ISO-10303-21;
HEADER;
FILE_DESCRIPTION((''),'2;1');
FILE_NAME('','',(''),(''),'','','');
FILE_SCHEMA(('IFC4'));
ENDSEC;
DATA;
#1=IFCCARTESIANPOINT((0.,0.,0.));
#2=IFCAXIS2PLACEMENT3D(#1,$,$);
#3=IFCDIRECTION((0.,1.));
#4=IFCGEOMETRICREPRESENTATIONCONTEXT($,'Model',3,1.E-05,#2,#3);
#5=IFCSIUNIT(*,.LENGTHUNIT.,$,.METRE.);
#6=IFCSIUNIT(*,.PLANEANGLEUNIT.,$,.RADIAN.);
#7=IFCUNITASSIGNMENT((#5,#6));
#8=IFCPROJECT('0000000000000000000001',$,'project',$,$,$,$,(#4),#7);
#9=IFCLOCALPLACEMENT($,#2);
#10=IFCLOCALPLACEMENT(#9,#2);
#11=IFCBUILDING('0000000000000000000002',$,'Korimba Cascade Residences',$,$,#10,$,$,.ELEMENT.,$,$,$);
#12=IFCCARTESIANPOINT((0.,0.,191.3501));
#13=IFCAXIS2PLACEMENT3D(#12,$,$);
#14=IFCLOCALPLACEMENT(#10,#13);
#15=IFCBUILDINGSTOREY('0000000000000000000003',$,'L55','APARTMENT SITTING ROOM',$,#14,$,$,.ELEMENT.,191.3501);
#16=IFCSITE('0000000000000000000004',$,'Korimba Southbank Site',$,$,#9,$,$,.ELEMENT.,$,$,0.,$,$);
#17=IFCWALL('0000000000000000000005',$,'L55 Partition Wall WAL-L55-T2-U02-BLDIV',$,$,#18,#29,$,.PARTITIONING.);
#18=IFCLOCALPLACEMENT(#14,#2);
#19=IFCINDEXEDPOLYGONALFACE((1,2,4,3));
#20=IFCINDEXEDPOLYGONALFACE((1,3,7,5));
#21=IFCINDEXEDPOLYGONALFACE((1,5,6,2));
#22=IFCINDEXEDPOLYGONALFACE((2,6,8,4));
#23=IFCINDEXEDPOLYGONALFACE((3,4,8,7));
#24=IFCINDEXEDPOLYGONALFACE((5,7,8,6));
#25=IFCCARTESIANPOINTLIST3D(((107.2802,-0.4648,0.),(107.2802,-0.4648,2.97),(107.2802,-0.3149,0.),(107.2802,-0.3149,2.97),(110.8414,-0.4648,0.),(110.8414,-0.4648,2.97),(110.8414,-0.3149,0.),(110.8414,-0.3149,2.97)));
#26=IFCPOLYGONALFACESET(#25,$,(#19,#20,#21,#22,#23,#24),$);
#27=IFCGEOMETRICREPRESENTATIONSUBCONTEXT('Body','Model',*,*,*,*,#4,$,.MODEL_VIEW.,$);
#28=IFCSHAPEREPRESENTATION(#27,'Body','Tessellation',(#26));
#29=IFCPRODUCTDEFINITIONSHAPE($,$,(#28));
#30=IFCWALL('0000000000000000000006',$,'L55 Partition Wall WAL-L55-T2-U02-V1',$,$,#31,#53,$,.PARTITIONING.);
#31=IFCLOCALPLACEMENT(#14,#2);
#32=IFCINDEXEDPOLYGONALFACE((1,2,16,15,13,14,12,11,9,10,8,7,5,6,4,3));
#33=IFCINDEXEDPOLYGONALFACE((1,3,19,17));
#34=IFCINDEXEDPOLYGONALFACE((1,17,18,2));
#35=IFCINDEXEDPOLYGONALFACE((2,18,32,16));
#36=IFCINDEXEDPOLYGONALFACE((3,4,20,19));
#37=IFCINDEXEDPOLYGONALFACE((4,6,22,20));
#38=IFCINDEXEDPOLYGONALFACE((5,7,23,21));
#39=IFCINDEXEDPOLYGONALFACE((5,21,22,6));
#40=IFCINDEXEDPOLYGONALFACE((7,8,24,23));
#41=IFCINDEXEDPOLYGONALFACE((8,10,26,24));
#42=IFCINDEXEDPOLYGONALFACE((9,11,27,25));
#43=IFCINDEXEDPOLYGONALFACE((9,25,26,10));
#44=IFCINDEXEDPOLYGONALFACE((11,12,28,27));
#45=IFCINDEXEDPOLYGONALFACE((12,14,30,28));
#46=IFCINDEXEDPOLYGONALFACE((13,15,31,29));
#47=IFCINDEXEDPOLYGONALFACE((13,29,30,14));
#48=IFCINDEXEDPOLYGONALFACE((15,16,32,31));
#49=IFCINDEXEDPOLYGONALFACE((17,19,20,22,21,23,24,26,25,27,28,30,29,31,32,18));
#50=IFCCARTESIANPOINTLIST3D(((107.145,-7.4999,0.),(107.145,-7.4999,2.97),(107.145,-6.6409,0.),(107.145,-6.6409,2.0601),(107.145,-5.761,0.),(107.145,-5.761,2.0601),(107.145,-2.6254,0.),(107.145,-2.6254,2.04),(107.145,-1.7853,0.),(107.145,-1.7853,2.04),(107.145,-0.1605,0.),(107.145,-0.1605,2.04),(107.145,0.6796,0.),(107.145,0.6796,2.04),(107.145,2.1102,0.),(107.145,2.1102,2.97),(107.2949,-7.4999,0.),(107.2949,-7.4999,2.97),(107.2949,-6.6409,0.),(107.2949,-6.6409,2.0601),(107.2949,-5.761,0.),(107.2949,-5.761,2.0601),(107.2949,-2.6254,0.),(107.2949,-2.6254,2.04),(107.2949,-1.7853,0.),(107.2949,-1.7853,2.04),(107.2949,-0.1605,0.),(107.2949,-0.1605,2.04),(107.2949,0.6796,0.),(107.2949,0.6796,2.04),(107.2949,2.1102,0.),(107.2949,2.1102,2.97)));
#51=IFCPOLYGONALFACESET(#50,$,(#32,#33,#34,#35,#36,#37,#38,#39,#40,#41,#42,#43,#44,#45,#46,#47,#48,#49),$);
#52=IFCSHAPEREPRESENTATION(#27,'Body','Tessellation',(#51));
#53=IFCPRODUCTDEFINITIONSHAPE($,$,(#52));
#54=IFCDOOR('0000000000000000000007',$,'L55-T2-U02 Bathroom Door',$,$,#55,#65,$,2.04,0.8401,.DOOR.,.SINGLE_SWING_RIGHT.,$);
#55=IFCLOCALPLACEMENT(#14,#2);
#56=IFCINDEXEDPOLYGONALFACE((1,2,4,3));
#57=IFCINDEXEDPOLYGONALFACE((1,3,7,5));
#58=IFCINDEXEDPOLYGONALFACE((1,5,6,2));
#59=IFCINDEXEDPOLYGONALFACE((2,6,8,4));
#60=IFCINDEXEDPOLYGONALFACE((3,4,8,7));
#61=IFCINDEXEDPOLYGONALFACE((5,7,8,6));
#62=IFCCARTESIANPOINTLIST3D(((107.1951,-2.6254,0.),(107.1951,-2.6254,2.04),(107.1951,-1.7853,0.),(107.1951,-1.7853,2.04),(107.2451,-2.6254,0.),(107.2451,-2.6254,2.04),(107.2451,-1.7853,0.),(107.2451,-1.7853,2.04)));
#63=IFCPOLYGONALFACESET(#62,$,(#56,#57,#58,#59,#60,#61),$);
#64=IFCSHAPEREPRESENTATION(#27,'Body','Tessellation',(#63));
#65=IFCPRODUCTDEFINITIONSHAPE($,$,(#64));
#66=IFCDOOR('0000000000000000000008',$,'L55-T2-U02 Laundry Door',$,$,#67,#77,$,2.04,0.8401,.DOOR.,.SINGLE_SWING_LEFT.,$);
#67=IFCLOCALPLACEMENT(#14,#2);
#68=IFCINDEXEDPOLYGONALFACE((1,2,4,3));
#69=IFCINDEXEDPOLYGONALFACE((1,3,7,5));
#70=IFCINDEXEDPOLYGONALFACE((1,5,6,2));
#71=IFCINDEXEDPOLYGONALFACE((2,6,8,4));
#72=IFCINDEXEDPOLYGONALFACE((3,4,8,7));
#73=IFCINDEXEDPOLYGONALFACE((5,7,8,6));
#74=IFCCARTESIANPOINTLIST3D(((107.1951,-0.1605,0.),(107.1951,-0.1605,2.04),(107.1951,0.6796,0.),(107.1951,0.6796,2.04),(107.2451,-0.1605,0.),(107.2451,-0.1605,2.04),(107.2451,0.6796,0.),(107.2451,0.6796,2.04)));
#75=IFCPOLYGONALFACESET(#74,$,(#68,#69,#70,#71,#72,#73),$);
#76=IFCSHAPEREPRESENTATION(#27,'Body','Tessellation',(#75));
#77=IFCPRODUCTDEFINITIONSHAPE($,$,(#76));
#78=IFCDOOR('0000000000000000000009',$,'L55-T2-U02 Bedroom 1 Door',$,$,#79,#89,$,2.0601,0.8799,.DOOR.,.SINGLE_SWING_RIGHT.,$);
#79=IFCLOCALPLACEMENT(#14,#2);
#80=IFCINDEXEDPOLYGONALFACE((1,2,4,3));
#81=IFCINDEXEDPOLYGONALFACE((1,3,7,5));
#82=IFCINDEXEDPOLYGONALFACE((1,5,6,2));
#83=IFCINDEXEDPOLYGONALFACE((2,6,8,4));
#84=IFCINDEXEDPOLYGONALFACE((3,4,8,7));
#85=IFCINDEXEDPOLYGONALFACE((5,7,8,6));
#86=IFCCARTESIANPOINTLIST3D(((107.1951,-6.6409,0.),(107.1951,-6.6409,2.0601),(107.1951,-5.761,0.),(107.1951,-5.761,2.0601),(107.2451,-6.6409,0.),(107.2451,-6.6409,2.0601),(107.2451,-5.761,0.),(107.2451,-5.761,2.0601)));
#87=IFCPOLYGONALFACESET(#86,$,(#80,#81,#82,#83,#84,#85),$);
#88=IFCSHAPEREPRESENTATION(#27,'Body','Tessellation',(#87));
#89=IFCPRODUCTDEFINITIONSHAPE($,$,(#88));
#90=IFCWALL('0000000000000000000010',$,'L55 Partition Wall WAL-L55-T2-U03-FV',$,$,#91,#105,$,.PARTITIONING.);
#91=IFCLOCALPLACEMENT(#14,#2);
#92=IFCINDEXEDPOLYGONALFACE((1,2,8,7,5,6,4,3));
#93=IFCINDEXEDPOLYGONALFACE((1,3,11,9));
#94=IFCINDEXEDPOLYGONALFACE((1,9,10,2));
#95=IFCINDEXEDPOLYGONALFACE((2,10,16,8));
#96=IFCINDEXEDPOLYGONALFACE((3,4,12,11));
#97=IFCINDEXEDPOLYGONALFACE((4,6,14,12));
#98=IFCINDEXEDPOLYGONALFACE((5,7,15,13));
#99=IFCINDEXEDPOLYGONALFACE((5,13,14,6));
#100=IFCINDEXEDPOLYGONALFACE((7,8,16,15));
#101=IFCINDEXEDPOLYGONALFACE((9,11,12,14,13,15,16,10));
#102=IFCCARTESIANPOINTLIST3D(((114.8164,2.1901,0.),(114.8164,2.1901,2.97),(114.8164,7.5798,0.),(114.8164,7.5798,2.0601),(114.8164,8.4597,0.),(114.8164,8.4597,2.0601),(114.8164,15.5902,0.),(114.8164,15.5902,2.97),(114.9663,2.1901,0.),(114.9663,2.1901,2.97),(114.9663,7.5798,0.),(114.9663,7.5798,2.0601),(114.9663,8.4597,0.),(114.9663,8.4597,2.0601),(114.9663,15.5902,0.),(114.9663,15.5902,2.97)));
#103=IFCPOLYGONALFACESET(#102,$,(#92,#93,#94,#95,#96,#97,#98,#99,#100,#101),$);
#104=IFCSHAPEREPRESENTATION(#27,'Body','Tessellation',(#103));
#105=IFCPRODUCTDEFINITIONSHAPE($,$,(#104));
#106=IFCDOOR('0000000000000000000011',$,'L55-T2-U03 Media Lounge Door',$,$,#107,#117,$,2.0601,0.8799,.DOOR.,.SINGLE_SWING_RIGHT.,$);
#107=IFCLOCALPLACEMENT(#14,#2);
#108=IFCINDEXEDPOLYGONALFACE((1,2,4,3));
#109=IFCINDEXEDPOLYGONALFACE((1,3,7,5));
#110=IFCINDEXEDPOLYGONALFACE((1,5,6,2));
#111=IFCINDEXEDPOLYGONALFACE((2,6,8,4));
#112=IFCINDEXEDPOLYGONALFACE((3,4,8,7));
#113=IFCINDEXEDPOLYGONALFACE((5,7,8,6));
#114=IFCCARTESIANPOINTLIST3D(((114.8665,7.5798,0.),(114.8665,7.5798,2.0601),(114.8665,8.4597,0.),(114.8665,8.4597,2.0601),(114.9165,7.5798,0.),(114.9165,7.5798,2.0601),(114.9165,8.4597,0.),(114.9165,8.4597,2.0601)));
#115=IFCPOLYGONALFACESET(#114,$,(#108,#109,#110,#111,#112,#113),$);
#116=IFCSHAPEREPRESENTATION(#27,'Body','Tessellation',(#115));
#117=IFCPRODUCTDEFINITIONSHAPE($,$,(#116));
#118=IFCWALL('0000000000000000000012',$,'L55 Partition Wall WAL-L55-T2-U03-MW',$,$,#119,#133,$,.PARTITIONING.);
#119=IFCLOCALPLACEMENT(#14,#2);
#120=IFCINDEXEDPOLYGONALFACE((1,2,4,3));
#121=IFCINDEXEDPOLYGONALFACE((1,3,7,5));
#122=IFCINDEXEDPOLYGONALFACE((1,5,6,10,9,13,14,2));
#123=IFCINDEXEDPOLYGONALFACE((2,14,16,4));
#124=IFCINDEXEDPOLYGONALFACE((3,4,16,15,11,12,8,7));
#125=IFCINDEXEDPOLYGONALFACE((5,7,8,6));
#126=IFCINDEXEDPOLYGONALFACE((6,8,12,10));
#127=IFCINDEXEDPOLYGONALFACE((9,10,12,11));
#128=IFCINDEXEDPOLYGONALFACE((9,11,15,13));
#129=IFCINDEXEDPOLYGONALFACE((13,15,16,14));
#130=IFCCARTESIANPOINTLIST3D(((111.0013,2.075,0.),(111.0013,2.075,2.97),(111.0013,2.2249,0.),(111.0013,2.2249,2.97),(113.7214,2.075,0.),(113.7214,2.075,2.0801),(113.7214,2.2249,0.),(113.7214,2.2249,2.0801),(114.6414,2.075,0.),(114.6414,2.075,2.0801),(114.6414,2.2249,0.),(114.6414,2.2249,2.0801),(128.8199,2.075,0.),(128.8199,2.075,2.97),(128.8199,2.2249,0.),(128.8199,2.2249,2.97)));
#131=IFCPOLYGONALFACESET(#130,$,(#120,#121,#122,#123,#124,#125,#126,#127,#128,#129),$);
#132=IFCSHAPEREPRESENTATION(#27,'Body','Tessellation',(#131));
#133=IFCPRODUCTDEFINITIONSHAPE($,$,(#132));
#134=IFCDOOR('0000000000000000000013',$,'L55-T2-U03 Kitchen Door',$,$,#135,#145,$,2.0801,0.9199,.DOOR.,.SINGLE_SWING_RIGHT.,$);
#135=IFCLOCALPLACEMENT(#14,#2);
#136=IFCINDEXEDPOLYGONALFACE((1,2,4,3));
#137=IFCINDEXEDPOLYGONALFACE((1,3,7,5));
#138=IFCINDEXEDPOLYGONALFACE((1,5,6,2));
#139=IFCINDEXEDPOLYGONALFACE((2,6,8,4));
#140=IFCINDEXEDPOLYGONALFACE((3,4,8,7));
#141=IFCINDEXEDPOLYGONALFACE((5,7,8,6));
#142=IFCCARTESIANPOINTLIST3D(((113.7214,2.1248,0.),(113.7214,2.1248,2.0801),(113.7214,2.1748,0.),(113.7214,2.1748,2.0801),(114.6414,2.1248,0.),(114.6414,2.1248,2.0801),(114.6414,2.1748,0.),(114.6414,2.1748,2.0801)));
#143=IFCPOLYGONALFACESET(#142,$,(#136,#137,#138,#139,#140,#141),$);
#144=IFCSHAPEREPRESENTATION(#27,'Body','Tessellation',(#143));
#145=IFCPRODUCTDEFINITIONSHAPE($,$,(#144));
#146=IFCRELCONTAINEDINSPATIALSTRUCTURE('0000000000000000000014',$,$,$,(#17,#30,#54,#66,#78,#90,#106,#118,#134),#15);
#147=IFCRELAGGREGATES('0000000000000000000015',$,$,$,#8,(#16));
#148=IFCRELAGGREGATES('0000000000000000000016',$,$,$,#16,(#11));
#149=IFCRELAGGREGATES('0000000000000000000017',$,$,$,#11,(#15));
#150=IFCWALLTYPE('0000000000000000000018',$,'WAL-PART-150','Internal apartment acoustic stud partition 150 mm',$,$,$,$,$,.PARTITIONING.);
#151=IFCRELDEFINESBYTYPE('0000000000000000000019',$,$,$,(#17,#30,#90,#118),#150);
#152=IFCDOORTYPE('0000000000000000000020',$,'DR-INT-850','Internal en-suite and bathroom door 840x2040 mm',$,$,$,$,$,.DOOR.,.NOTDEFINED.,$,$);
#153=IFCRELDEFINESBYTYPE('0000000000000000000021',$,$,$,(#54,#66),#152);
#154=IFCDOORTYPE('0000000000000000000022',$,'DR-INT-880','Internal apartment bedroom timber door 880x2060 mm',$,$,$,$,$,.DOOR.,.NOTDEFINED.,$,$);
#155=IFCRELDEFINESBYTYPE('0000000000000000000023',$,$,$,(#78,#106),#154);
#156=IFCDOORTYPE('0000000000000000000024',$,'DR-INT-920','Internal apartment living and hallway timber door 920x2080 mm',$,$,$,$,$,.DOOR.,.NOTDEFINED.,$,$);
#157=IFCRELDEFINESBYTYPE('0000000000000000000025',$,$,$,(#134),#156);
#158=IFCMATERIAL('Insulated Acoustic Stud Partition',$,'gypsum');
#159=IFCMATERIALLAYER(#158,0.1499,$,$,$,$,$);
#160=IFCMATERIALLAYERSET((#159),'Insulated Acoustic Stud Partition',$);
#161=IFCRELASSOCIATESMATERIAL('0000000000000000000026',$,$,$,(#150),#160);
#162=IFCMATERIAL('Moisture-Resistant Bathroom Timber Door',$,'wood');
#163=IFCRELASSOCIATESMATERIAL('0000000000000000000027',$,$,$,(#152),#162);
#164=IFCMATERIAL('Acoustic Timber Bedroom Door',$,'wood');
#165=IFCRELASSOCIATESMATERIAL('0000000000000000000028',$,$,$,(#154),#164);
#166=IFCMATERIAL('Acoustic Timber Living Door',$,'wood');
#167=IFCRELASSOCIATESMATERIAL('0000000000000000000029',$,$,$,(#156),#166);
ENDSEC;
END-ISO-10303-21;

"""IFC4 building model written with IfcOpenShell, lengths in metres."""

from ifc_helpers import new_model, si_unit, direction, frame, frame_2d, origin, place, context, subcontext, project, spatial, rectangle, extrude, material, layer, layer_set, type_object, element, fill, save


model = new_model("IFC4")

# Units and contexts
model_context = context("Model", 3, precision=1e-05, world=origin(), true_north=direction((0.0, 1.0)))
body_context = subcontext(model_context, "Body", "Model", "MODEL_VIEW")
ifc_project = project(units=[si_unit("LENGTHUNIT", "METRE"), si_unit("PLANEANGLEUNIT", "RADIAN")], contexts=[model_context])

# Site, building, storey
site_placement = place(None, origin())
site = spatial("IfcSite", under=ifc_project, at=site_placement, Name="Korimba Southbank Site", CompositionType="ELEMENT", RefElevation=0.0)
building_placement = place(site_placement, origin())
building = spatial("IfcBuilding", under=site, at=building_placement, Name="Korimba Cascade Residences", CompositionType="ELEMENT")
storey_placement = place(building_placement, frame((0.0, 0.0, 191.3501)))
storey = spatial("IfcBuildingStorey", under=building, at=storey_placement, Name="L55", Description="APARTMENT SITTING ROOM", CompositionType="ELEMENT", Elevation=191.3501)

# Wall
ifc_material_1 = material(Name="Insulated Acoustic Stud Partition", Category="gypsum")
ifc_layer_1 = layer(ifc_material_1, 0.1499)
ifc_layer_set_1 = layer_set([ifc_layer_1], Name="Insulated Acoustic Stud Partition")
wall_type_1 = type_object("IfcWallType", Name="WAL-PART-150", Description="Internal apartment acoustic stud partition 150 mm", PredefinedType="PARTITIONING", material=ifc_layer_set_1)
wall_1_placement = place(storey_placement, frame((107.28, -0.3899, 0.0), z_axis=(0.0, 0.0, 1.0), x_axis=(1.0, 0.0, 0.0)))
element("IfcWall", 1, at=wall_1_placement, inside=storey, type_object=wall_type_1, Name="L55 Partition Wall WAL-L55-T2-U02-BLDIV", PredefinedType="PARTITIONING", context=body_context, shape_type="SweptSolid", body=[
    extrude(rectangle(XDim=3.5613, YDim=0.1499, at=frame_2d((1.7808, 0.0))), origin(), (0.0, 0.0, 1.0), 2.97),
])

# Wall, openings, doors
wall_2_placement = place(storey_placement, frame((107.22, -7.5, 0.0), z_axis=(0.0, 0.0, 1.0), x_axis=(0.0, 1.0, 0.0)))
wall_2 = element("IfcWall", 2, at=wall_2_placement, inside=storey, type_object=wall_type_1, Name="L55 Partition Wall WAL-L55-T2-U02-V1", PredefinedType="PARTITIONING", context=body_context, shape_type="SweptSolid", body=[
    extrude(rectangle(XDim=9.6101, YDim=0.1499, at=frame_2d((4.8052, 0.0))), origin(), (0.0, 0.0, 1.0), 2.97),
])
opening_1_placement = place(wall_2_placement, frame((4.8748, 0.0, 0.0)))
opening_1 = element("IfcOpeningElement", 3, at=opening_1_placement, cuts=wall_2, PredefinedType="OPENING", context=body_context, shape_type="SweptSolid", body=[
    extrude(rectangle(XDim=0.8401, YDim=2.04, at=frame_2d((0.4199, 1.02))), frame((0.0, 0.085, 0.0), z_axis=(0.0, -1.0, 0.0), x_axis=(1.0, 0.0, 0.0)), (0.0, 0.0, 1.0), 0.1699),
])
opening_2_placement = place(wall_2_placement, frame((7.3396, 0.0, 0.0)))
opening_2 = element("IfcOpeningElement", 4, at=opening_2_placement, cuts=wall_2, PredefinedType="OPENING", context=body_context, shape_type="SweptSolid", body=[
    extrude(rectangle(XDim=0.8401, YDim=2.04, at=frame_2d((0.4199, 1.02))), frame((0.0, 0.085, 0.0), z_axis=(0.0, -1.0, 0.0), x_axis=(1.0, 0.0, 0.0)), (0.0, 0.0, 1.0), 0.1699),
])
opening_3_placement = place(wall_2_placement, frame((0.8591, 0.0, 0.0)))
opening_3 = element("IfcOpeningElement", 5, at=opening_3_placement, cuts=wall_2, PredefinedType="OPENING", context=body_context, shape_type="SweptSolid", body=[
    extrude(rectangle(XDim=0.8799, YDim=2.0601, at=frame_2d((0.4399, 1.03))), frame((0.0, 0.085, 0.0), z_axis=(0.0, -1.0, 0.0), x_axis=(1.0, 0.0, 0.0)), (0.0, 0.0, 1.0), 0.1699),
])
ifc_material_2 = material(Name="Moisture-Resistant Bathroom Timber Door", Category="wood")
door_type_1 = type_object("IfcDoorType", Name="DR-INT-850", Description="Internal en-suite and bathroom door 840x2040 mm", OperationType="NOTDEFINED", PredefinedType="DOOR", material=ifc_material_2)
door_1_placement = place(opening_1_placement, origin())
door_1 = element("IfcDoor", 6, at=door_1_placement, inside=storey, type_object=door_type_1, Name="L55-T2-U02 Bathroom Door", OperationType="SINGLE_SWING_RIGHT", OverallHeight=2.04, OverallWidth=0.8401, PredefinedType="DOOR", context=body_context, shape_type="SweptSolid", body=[
    extrude(rectangle(XDim=0.8401, YDim=2.04, at=frame_2d((0.4199, 1.02))), frame((0.0, 0.0249, 0.0), z_axis=(0.0, -1.0, 0.0), x_axis=(1.0, 0.0, 0.0)), (0.0, 0.0, 1.0), 0.05),
])
fill(opening_1, door_1)
door_2_placement = place(opening_2_placement, origin())
door_2 = element("IfcDoor", 7, at=door_2_placement, inside=storey, type_object=door_type_1, Name="L55-T2-U02 Laundry Door", OperationType="SINGLE_SWING_LEFT", OverallHeight=2.04, OverallWidth=0.8401, PredefinedType="DOOR", context=body_context, shape_type="SweptSolid", body=[
    extrude(rectangle(XDim=0.8401, YDim=2.04, at=frame_2d((0.4199, 1.02))), frame((0.0, 0.0249, 0.0), z_axis=(0.0, -1.0, 0.0), x_axis=(1.0, 0.0, 0.0)), (0.0, 0.0, 1.0), 0.05),
])
fill(opening_2, door_2)
ifc_material_3 = material(Name="Acoustic Timber Bedroom Door", Category="wood")
door_type_2 = type_object("IfcDoorType", Name="DR-INT-880", Description="Internal apartment bedroom timber door 880x2060 mm", OperationType="NOTDEFINED", PredefinedType="DOOR", material=ifc_material_3)
door_3_placement = place(opening_3_placement, origin())
door_3 = element("IfcDoor", 8, at=door_3_placement, inside=storey, type_object=door_type_2, Name="L55-T2-U02 Bedroom 1 Door", OperationType="SINGLE_SWING_RIGHT", OverallHeight=2.0601, OverallWidth=0.8799, PredefinedType="DOOR", context=body_context, shape_type="SweptSolid", body=[
    extrude(rectangle(XDim=0.8799, YDim=2.0601, at=frame_2d((0.4399, 1.03))), frame((0.0, 0.0249, 0.0), z_axis=(0.0, -1.0, 0.0), x_axis=(1.0, 0.0, 0.0)), (0.0, 0.0, 1.0), 0.05),
])
fill(opening_3, door_3)

# Walls, openings, doors
wall_3_placement = place(storey_placement, frame((114.8914, 2.1899, 0.0), z_axis=(0.0, 0.0, 1.0), x_axis=(0.0, 1.0, 0.0)))
wall_3 = element("IfcWall", 9, at=wall_3_placement, inside=storey, type_object=wall_type_1, Name="L55 Partition Wall WAL-L55-T2-U03-FV", PredefinedType="PARTITIONING", context=body_context, shape_type="SweptSolid", body=[
    extrude(rectangle(XDim=13.4001, YDim=0.1499, at=frame_2d((6.7002, 0.0))), origin(), (0.0, 0.0, 1.0), 2.97),
])
opening_4_placement = place(wall_3_placement, frame((5.3899, 0.0, 0.0)))
opening_4 = element("IfcOpeningElement", 10, at=opening_4_placement, cuts=wall_3, PredefinedType="OPENING", context=body_context, shape_type="SweptSolid", body=[
    extrude(rectangle(XDim=0.8799, YDim=2.0601, at=frame_2d((0.4399, 1.03))), frame((0.0, 0.085, 0.0), z_axis=(0.0, -1.0, 0.0), x_axis=(1.0, 0.0, 0.0)), (0.0, 0.0, 1.0), 0.1699),
])
door_4_placement = place(opening_4_placement, origin())
door_4 = element("IfcDoor", 11, at=door_4_placement, inside=storey, type_object=door_type_2, Name="L55-T2-U03 Media Lounge Door", OperationType="SINGLE_SWING_RIGHT", OverallHeight=2.0601, OverallWidth=0.8799, PredefinedType="DOOR", context=body_context, shape_type="SweptSolid", body=[
    extrude(rectangle(XDim=0.8799, YDim=2.0601, at=frame_2d((0.4399, 1.03))), frame((0.0, 0.0249, 0.0), z_axis=(0.0, -1.0, 0.0), x_axis=(1.0, 0.0, 0.0)), (0.0, 0.0, 1.0), 0.05),
])
fill(opening_4, door_4)
wall_4_placement = place(storey_placement, frame((111.0015, 2.1499, 0.0), z_axis=(0.0, 0.0, 1.0), x_axis=(1.0, 0.0, 0.0)))
wall_4 = element("IfcWall", 12, at=wall_4_placement, inside=storey, type_object=wall_type_1, Name="L55 Partition Wall WAL-L55-T2-U03-MW", PredefinedType="PARTITIONING", context=body_context, shape_type="SweptSolid", body=[
    extrude(rectangle(XDim=17.8186, YDim=0.1499, at=frame_2d((8.9092, 0.0))), origin(), (0.0, 0.0, 1.0), 2.97),
])
opening_5_placement = place(wall_4_placement, frame((2.72, 0.0, 0.0)))
opening_5 = element("IfcOpeningElement", 13, at=opening_5_placement, cuts=wall_4, PredefinedType="OPENING", context=body_context, shape_type="SweptSolid", body=[
    extrude(rectangle(XDim=0.9199, YDim=2.0801, at=frame_2d((0.46, 1.04))), frame((0.0, 0.085, 0.0), z_axis=(0.0, -1.0, 0.0), x_axis=(1.0, 0.0, 0.0)), (0.0, 0.0, 1.0), 0.1699),
])
ifc_material_4 = material(Name="Acoustic Timber Living Door", Category="wood")
door_type_3 = type_object("IfcDoorType", Name="DR-INT-920", Description="Internal apartment living and hallway timber door 920x2080 mm", OperationType="NOTDEFINED", PredefinedType="DOOR", material=ifc_material_4)
door_5_placement = place(opening_5_placement, origin())
door_5 = element("IfcDoor", 14, at=door_5_placement, inside=storey, type_object=door_type_3, Name="L55-T2-U03 Kitchen Door", OperationType="SINGLE_SWING_RIGHT", OverallHeight=2.0801, OverallWidth=0.9199, PredefinedType="DOOR", context=body_context, shape_type="SweptSolid", body=[
    extrude(rectangle(XDim=0.9199, YDim=2.0801, at=frame_2d((0.46, 1.04))), frame((0.0, 0.0249, 0.0), z_axis=(0.0, -1.0, 0.0), x_axis=(1.0, 0.0, 0.0)), (0.0, 0.0, 1.0), 0.05),
])
fill(opening_5, door_5)

save(model, "model.ifc")
